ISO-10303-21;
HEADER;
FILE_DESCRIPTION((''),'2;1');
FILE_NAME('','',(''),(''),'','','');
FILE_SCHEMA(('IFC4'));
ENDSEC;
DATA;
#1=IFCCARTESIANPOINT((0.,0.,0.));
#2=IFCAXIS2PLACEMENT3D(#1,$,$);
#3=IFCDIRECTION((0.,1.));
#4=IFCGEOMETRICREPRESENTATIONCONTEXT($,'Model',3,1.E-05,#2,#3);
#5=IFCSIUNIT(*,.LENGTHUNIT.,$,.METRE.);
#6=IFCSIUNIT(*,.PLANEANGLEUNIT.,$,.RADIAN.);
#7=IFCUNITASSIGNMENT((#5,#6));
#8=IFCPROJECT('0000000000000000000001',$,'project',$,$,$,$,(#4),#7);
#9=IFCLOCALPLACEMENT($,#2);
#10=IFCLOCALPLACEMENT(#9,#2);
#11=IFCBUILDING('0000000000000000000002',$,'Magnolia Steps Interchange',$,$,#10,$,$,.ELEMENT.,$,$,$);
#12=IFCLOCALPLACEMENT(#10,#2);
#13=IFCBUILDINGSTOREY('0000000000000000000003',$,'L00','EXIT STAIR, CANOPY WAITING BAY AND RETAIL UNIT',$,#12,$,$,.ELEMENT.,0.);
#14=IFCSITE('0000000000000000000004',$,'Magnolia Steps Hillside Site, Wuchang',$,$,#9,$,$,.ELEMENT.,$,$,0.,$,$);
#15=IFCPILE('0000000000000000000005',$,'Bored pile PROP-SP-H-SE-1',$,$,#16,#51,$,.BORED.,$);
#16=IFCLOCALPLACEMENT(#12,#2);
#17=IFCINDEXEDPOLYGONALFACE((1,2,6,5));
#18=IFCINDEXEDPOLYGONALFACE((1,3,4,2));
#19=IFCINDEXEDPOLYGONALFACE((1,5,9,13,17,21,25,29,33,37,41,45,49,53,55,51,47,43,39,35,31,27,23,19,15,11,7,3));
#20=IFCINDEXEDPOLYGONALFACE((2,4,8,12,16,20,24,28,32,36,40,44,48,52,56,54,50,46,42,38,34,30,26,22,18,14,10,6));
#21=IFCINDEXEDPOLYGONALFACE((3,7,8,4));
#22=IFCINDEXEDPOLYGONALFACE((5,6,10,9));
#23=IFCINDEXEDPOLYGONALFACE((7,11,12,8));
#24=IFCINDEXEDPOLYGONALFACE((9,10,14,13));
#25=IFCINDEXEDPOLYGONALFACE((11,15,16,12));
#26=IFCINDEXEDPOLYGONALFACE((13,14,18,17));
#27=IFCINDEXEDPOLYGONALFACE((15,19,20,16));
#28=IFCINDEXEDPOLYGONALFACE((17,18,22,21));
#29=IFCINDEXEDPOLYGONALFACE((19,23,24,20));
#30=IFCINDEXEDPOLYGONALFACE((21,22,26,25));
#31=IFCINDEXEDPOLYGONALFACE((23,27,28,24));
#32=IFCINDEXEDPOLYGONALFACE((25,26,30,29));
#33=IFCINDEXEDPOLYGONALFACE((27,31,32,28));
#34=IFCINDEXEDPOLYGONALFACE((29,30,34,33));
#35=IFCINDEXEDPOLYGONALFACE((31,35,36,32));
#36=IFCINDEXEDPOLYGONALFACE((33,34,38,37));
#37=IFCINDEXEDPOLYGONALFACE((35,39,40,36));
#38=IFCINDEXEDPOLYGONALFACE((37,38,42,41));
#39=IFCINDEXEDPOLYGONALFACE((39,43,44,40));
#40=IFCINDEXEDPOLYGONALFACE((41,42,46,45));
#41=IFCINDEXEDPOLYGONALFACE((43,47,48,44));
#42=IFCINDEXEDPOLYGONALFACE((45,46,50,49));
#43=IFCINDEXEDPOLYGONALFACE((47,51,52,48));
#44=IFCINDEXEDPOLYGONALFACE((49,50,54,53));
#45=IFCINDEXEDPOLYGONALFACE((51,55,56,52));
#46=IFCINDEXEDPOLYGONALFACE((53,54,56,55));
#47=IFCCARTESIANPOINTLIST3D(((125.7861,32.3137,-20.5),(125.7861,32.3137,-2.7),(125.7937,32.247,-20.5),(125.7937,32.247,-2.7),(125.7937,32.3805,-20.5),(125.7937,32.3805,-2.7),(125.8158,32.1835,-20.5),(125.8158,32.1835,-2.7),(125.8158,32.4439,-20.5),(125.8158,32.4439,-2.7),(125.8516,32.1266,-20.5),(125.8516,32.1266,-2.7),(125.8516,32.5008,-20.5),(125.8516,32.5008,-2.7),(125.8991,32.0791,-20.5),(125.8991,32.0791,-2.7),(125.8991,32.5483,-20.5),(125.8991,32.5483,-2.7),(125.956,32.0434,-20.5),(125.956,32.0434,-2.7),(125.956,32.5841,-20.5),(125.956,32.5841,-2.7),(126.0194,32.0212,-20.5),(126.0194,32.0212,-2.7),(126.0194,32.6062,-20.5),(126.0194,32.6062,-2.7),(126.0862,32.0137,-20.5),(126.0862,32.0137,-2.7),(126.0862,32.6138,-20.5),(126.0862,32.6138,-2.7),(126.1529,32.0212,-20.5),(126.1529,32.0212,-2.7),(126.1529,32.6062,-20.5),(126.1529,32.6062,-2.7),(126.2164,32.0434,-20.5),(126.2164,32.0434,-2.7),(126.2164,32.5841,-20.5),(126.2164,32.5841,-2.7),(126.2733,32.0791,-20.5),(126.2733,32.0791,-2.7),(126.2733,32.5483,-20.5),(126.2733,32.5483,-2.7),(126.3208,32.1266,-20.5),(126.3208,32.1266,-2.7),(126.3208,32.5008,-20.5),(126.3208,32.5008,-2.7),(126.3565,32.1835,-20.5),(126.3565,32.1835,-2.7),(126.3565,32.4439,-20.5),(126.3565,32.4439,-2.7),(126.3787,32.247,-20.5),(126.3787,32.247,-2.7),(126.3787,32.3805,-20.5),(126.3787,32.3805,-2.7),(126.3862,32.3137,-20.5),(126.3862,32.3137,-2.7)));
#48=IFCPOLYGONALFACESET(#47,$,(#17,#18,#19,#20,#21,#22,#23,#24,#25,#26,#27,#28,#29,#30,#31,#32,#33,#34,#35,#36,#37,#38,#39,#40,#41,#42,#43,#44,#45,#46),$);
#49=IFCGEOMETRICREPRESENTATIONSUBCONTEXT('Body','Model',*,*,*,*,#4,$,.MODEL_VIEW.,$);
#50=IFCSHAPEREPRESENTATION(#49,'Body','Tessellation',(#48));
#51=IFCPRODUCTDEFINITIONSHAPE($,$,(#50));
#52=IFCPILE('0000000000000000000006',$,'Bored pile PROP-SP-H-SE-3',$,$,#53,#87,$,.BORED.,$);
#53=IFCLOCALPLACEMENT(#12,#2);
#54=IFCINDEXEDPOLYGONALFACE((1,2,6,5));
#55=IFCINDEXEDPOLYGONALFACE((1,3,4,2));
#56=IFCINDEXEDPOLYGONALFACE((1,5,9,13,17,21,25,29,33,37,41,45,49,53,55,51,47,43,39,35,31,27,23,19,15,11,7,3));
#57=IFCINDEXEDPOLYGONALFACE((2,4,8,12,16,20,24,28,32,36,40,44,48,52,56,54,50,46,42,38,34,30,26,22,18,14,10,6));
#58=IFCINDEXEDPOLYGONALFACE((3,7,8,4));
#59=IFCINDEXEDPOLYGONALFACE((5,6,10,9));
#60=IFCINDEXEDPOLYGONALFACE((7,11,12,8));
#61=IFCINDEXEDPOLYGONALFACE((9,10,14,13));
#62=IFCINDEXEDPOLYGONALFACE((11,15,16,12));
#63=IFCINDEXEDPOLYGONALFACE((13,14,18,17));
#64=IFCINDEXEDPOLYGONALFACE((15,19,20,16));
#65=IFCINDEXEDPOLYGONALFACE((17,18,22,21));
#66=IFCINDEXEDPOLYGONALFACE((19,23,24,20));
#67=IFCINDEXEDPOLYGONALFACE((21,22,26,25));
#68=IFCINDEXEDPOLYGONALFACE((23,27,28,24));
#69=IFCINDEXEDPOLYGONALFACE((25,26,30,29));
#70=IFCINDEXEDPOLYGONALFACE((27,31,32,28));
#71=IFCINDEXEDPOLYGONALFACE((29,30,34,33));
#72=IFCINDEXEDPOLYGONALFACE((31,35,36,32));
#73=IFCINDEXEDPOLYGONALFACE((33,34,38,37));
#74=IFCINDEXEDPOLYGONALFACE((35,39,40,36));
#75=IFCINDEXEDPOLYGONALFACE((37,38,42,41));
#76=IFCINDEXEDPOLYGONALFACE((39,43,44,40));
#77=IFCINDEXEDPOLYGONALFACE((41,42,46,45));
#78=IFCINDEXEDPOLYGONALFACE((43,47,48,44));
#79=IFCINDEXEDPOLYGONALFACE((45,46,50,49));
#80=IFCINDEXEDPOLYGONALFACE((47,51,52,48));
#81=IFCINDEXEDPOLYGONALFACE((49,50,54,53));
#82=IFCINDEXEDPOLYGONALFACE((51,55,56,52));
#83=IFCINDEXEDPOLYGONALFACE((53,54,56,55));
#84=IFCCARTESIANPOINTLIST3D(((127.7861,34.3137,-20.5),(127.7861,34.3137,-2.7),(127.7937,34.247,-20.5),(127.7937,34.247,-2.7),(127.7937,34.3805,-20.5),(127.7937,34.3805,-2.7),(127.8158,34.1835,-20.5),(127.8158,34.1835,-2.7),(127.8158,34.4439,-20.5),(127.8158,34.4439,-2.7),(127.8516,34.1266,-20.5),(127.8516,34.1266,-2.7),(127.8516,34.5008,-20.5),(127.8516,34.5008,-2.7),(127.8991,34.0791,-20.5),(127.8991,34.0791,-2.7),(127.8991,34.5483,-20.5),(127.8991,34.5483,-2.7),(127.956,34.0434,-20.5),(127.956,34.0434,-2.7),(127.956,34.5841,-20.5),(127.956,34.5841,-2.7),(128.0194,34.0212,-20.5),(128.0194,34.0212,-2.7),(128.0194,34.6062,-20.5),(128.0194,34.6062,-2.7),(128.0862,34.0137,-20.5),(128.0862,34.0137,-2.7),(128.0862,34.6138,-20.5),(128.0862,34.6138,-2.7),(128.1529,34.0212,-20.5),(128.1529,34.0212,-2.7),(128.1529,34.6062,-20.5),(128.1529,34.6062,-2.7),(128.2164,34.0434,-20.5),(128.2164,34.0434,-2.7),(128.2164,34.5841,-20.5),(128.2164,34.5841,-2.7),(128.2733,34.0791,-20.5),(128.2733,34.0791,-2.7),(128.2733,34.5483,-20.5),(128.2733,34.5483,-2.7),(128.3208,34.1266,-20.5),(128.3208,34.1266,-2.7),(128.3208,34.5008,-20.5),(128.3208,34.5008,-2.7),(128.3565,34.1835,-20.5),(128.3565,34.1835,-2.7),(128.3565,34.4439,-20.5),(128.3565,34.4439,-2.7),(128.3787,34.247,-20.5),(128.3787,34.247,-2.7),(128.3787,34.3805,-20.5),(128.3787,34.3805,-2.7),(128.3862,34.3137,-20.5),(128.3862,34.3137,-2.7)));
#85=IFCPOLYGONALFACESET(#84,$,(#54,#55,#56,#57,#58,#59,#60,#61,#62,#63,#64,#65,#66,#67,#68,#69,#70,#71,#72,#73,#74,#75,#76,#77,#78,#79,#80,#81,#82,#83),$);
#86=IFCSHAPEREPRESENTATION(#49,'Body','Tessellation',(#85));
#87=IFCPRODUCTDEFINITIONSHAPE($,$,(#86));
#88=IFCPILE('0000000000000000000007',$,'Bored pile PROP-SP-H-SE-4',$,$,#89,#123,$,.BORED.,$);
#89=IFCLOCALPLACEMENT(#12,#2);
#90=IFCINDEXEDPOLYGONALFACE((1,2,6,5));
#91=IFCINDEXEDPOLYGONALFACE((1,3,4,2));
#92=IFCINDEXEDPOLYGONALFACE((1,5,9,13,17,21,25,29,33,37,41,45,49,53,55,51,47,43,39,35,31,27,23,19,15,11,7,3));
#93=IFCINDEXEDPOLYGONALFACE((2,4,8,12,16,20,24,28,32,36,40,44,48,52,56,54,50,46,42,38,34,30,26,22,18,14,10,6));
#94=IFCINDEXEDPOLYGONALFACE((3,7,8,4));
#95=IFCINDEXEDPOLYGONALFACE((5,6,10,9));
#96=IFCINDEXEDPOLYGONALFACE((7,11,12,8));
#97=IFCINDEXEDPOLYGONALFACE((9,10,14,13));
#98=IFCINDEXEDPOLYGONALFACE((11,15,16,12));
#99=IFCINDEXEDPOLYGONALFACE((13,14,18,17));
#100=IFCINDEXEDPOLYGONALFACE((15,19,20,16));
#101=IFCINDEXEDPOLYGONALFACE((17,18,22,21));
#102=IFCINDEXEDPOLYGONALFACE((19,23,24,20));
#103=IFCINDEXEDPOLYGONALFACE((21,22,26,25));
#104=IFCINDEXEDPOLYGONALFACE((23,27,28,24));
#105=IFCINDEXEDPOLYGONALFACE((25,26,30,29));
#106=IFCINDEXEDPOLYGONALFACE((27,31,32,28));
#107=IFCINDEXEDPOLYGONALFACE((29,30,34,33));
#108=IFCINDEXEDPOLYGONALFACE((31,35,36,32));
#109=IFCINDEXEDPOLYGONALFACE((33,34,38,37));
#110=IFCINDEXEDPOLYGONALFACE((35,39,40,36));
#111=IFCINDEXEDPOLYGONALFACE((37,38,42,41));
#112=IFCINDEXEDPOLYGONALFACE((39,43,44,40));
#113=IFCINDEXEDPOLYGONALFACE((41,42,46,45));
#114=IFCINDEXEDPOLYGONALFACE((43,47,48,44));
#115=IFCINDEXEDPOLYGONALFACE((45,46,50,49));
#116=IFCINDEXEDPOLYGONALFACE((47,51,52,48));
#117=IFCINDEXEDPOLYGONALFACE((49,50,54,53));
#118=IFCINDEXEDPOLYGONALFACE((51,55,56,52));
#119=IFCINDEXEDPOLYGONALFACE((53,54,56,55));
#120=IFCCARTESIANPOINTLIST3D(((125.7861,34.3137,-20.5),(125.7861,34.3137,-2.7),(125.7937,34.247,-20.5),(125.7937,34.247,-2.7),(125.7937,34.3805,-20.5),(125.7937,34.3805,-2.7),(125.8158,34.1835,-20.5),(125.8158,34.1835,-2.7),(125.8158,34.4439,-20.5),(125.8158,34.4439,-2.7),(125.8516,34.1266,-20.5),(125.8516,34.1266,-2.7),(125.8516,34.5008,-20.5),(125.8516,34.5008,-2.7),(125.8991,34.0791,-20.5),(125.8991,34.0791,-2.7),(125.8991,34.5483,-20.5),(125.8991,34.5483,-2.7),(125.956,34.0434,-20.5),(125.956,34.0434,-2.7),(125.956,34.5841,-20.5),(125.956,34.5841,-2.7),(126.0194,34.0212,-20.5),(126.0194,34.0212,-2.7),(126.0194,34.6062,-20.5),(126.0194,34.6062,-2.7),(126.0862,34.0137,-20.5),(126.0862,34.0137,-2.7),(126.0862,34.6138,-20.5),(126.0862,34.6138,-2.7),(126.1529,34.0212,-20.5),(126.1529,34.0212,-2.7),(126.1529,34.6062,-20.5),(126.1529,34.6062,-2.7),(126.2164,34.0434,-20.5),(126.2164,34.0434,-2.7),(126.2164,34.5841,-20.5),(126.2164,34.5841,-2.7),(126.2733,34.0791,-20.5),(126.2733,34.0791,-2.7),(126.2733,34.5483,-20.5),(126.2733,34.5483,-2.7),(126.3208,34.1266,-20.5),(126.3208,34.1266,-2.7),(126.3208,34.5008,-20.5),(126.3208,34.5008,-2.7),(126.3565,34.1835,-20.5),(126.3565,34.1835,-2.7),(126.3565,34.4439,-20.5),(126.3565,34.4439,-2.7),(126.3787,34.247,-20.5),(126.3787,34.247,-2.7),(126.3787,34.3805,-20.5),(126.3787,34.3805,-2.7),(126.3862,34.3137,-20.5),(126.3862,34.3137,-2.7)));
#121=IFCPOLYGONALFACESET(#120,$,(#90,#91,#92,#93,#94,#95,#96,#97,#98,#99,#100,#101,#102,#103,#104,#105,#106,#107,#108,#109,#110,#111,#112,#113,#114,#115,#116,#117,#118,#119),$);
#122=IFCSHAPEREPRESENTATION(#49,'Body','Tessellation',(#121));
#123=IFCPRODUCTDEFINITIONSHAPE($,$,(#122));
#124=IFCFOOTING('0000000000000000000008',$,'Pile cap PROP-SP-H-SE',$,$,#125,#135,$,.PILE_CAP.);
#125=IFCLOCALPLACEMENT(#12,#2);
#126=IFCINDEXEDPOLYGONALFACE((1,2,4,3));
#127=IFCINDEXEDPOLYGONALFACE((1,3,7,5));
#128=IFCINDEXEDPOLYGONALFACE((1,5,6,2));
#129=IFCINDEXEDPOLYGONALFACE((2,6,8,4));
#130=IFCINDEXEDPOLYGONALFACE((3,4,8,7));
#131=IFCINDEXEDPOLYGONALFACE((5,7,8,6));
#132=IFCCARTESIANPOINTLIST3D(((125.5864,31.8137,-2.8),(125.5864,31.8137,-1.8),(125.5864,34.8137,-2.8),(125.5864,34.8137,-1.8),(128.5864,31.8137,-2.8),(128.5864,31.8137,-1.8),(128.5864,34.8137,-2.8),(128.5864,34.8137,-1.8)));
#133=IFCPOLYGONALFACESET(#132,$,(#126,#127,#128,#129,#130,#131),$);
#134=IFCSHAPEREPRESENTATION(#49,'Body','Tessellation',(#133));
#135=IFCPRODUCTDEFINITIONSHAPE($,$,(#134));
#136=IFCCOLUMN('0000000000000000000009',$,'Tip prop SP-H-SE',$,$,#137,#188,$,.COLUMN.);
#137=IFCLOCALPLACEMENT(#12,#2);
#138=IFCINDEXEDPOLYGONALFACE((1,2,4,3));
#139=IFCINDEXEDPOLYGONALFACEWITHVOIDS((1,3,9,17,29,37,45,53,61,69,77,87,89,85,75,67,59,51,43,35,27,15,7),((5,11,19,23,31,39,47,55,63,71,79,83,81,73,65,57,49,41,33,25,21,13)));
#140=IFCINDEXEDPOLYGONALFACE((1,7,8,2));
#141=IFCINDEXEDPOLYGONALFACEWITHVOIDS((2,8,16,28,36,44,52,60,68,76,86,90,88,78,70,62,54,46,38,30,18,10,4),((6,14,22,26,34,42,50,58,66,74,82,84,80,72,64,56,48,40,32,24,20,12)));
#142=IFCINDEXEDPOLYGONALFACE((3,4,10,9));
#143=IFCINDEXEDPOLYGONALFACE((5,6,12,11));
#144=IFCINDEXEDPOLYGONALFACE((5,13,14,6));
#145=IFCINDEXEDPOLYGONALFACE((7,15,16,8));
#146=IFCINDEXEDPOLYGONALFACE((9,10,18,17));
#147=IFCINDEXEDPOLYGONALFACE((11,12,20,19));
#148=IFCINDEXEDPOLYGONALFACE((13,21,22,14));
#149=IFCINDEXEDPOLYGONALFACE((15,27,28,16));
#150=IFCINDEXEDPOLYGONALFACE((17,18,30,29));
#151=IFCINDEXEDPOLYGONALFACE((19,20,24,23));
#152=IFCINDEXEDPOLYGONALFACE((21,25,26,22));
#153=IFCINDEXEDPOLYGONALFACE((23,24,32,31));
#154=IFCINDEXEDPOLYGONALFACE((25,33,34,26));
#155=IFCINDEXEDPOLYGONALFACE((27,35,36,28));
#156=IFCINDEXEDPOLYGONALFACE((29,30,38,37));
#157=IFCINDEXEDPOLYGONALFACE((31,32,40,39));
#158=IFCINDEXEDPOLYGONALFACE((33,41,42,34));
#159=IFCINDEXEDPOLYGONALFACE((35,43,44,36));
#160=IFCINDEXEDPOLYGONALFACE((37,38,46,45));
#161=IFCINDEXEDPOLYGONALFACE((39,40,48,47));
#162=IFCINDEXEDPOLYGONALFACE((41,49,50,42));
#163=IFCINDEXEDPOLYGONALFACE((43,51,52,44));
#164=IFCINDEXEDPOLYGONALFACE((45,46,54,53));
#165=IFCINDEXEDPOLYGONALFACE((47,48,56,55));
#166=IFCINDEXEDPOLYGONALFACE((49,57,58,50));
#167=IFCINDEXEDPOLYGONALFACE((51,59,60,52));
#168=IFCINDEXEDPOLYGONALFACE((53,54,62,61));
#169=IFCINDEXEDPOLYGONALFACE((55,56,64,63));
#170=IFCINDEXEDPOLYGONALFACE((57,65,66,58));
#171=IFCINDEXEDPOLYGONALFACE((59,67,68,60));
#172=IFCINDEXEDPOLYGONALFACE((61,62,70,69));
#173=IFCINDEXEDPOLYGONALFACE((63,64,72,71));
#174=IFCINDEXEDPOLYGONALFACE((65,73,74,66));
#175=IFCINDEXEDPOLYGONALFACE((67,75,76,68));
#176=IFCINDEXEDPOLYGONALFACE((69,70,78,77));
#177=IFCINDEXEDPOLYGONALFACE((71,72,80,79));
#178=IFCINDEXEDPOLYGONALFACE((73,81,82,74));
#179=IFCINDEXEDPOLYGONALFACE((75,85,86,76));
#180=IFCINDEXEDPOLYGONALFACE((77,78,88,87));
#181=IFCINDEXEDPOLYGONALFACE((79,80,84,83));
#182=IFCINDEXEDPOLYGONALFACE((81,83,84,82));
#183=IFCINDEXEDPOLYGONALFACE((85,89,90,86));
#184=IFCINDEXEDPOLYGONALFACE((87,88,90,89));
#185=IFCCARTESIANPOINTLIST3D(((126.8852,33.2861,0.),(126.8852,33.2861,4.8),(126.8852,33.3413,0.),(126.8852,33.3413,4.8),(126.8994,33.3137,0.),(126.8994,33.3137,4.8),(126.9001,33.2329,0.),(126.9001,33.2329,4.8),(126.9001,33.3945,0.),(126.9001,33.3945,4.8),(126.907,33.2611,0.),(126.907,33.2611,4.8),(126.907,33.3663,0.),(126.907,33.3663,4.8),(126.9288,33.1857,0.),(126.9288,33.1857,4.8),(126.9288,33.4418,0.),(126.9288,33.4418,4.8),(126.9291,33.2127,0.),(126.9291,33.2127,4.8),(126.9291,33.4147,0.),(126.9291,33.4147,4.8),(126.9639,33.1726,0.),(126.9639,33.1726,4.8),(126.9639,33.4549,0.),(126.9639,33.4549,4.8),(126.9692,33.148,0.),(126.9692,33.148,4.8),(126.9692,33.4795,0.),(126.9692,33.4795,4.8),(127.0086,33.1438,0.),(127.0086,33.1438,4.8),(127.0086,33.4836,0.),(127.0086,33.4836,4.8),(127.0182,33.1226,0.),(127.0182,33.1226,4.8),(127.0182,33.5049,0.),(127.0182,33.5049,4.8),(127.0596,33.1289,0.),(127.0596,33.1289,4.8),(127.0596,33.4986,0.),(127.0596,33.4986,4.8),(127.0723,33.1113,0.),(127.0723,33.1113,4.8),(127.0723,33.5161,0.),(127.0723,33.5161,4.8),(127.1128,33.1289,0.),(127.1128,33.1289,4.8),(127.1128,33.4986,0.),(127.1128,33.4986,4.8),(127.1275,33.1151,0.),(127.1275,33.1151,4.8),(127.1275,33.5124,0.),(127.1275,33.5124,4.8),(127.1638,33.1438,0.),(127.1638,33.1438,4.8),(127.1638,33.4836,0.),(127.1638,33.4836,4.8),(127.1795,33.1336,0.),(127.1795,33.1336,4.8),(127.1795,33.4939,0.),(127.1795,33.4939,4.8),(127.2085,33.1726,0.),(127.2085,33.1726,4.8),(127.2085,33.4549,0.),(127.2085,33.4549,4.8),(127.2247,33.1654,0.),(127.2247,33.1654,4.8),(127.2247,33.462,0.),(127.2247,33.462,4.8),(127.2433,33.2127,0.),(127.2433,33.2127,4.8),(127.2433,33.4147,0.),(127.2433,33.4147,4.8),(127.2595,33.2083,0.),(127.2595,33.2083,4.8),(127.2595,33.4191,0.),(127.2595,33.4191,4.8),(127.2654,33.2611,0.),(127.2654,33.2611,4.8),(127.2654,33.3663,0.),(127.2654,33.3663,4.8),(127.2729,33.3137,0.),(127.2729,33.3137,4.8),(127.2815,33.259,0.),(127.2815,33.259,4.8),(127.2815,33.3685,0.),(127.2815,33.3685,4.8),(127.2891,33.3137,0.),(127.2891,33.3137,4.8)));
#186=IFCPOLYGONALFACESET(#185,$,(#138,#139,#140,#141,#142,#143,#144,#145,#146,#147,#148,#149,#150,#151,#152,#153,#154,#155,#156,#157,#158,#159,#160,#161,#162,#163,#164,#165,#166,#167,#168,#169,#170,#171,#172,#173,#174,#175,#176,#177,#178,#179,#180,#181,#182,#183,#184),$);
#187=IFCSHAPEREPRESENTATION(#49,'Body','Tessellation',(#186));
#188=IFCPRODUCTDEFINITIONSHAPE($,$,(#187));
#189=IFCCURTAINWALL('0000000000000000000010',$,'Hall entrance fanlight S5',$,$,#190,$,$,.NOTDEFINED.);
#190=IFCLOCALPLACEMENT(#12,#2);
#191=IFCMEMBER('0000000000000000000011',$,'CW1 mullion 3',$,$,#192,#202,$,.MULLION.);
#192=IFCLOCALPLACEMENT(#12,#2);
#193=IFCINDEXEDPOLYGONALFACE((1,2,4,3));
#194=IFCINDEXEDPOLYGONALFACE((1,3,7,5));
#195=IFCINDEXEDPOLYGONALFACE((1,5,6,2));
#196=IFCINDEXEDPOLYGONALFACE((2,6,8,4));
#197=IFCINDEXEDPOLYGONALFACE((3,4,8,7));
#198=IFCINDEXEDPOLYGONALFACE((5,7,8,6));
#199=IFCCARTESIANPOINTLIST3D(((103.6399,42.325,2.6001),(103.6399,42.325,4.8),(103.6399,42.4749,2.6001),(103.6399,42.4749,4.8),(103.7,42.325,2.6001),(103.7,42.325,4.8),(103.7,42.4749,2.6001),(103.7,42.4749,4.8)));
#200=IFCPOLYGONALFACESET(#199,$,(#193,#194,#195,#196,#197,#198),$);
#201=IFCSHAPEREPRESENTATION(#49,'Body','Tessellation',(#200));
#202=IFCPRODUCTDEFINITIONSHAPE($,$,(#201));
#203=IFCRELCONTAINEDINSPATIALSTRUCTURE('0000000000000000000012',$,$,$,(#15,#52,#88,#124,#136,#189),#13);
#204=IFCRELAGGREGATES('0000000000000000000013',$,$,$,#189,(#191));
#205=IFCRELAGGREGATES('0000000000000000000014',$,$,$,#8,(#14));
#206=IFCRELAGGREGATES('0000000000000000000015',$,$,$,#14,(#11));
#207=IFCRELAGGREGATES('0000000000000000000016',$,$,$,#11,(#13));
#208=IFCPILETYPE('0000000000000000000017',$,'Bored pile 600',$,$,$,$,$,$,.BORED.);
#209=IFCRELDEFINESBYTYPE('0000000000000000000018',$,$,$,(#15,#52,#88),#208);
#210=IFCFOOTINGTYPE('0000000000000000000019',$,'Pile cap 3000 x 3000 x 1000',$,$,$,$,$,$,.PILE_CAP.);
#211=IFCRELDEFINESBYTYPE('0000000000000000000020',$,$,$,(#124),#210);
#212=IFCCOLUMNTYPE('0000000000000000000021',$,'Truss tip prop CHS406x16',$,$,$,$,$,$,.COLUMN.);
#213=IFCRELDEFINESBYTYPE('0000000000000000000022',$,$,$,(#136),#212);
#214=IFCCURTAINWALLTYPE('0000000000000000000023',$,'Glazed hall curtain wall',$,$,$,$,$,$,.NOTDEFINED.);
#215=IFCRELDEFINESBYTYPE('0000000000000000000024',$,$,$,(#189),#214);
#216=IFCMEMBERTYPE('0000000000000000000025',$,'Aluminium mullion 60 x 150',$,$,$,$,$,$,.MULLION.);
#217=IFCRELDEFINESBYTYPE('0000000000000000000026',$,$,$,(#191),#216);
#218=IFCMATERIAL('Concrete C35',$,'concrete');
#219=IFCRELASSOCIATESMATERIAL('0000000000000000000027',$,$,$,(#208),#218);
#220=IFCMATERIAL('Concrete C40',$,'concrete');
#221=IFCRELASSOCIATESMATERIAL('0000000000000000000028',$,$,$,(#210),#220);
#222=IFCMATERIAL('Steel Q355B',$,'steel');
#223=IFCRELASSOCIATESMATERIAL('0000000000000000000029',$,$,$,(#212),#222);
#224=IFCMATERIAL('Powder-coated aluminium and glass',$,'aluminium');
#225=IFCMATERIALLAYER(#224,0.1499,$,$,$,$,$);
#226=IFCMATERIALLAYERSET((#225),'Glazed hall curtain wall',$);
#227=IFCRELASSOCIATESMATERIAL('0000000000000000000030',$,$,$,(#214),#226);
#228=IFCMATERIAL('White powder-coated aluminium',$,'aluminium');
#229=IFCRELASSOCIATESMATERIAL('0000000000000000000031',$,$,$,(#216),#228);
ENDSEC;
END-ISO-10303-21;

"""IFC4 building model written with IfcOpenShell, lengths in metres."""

from ifc_helpers import new_model, si_unit, direction, frame, origin, origin_2d, place, context, subcontext, project, spatial, rectangle, circle, hollow_circle, extrude, material, layer, layer_set, material_profile, profile_set, type_object, element, aggregate, save


model = new_model("IFC4")

# Units and contexts
model_context = context("Model", 3, precision=1e-05, world=origin(), true_north=direction((0.0, 1.0)))
body_context = subcontext(model_context, "Body", "Model", "MODEL_VIEW")
ifc_project = project(units=[si_unit("LENGTHUNIT", "METRE"), si_unit("PLANEANGLEUNIT", "RADIAN")], contexts=[model_context])

# Site, building, storey
site_placement = place(None, origin())
site = spatial("IfcSite", under=ifc_project, at=site_placement, Name="Magnolia Steps Hillside Site, Wuchang", CompositionType="ELEMENT", RefElevation=0.0)
building_placement = place(site_placement, origin())
building = spatial("IfcBuilding", under=site, at=building_placement, Name="Magnolia Steps Interchange", CompositionType="ELEMENT")
storey_placement = place(building_placement, origin())
storey = spatial("IfcBuildingStorey", under=building, at=storey_placement, Name="L00", Description="EXIT STAIR, CANOPY WAITING BAY AND RETAIL UNIT", CompositionType="ELEMENT", Elevation=0.0)

# Piles
ifc_material_1 = material(Name="Concrete C35", Category="concrete")
ifc_material_profile_1 = material_profile(ifc_material_1, circle(Radius=0.3, at=origin_2d()), Name="Bored pile 600")
ifc_profile_set_1 = profile_set([ifc_material_profile_1], Name="Concrete C35")
pile_type = type_object("IfcPileType", Name="Bored pile 600", PredefinedType="BORED", material=ifc_profile_set_1)
for number, where, z_axis, x_axis, name in (
    (1, (126.0862, 32.3137, -2.7), (0.0, 0.0, -1.0), (1.0, 0.0, 0.0), "Bored pile PROP-SP-H-SE-1"),
    (2, (128.0862, 34.3137, -2.7), (0.0, 0.0, -1.0), (1.0, 0.0, 0.0), "Bored pile PROP-SP-H-SE-3"),
    (3, (126.0862, 34.3137, -2.7), (0.0, 0.0, -1.0), (1.0, 0.0, 0.0), "Bored pile PROP-SP-H-SE-4"),
):
    element("IfcPile", number, at=place(storey_placement, frame(where, z_axis=z_axis, x_axis=x_axis)), inside=storey, type_object=pile_type, Name=name, PredefinedType="BORED", context=body_context, shape_type="SweptSolid", body=[
        extrude(circle(Radius=0.3, at=origin_2d()), origin(), (0.0, 0.0, 1.0), 17.8),
    ])

# Footing
ifc_material_2 = material(Name="Concrete C40", Category="concrete")
footing_type = type_object("IfcFootingType", Name="Pile cap 3000 x 3000 x 1000", PredefinedType="PILE_CAP", material=ifc_material_2)
footing_placement = place(storey_placement, frame((127.0864, 33.3137, -2.8), z_axis=(0.0, 0.0, 1.0), x_axis=(1.0, 0.0, 0.0)))
element("IfcFooting", 4, at=footing_placement, inside=storey, type_object=footing_type, Name="Pile cap PROP-SP-H-SE", PredefinedType="PILE_CAP", context=body_context, shape_type="SweptSolid", body=[
    extrude(rectangle(XDim=3.0, YDim=3.0, at=origin_2d()), origin(), (0.0, 0.0, 1.0), 1.0),
])

# Column
ifc_material_3 = material(Name="Steel Q355B", Category="steel")
ifc_material_profile_2 = material_profile(ifc_material_3, hollow_circle(Radius=0.2029, WallThickness=0.0161, at=origin_2d()), Name="CHS406x16")
ifc_profile_set_2 = profile_set([ifc_material_profile_2], Name="Steel Q355B")
column_type = type_object("IfcColumnType", Name="Truss tip prop CHS406x16", PredefinedType="COLUMN", material=ifc_profile_set_2)
column_placement = place(storey_placement, frame((127.0862, 33.3137, 0.0), z_axis=(0.0, 0.0, 1.0), x_axis=(1.0, 0.0, 0.0)))
element("IfcColumn", 5, at=column_placement, inside=storey, type_object=column_type, Name="Tip prop SP-H-SE", PredefinedType="COLUMN", context=body_context, shape_type="SweptSolid", body=[
    extrude(hollow_circle(Radius=0.2029, WallThickness=0.0161, at=origin_2d()), origin(), (0.0, 0.0, 1.0), 4.8),
])

# Curtain wall, member
ifc_material_4 = material(Name="Powder-coated aluminium and glass", Category="aluminium")
ifc_layer_1 = layer(ifc_material_4, 0.1499)
ifc_layer_set_1 = layer_set([ifc_layer_1], Name="Glazed hall curtain wall")
curtain_wall_type = type_object("IfcCurtainWallType", Name="Glazed hall curtain wall", PredefinedType="NOTDEFINED", material=ifc_layer_set_1)
curtain_wall_1_placement = place(storey_placement, origin())
curtain_wall_1 = element("IfcCurtainWall", 6, at=curtain_wall_1_placement, inside=storey, type_object=curtain_wall_type, Name="Hall entrance fanlight S5", PredefinedType="NOTDEFINED")
ifc_material_5 = material(Name="White powder-coated aluminium", Category="aluminium")
ifc_material_profile_3 = material_profile(ifc_material_5, rectangle(XDim=0.0601, YDim=0.1499, at=origin_2d()), Name="Aluminium mullion 60 x 150")
ifc_profile_set_3 = profile_set([ifc_material_profile_3], Name="White powder-coated aluminium")
member_type_1 = type_object("IfcMemberType", Name="Aluminium mullion 60 x 150", PredefinedType="MULLION", material=ifc_profile_set_3)
member_1_placement = place(storey_placement, frame((103.6699, 42.3999, 2.6001), z_axis=(0.0, 0.0, 1.0), x_axis=(1.0, 0.0, 0.0)))
member_1 = element("IfcMember", 7, at=member_1_placement, type_object=member_type_1, Name="CW1 mullion 3", PredefinedType="MULLION", context=body_context, shape_type="SweptSolid", body=[
    extrude(rectangle(XDim=0.0601, YDim=0.1499, at=origin_2d()), origin(), (0.0, 0.0, 1.0), 2.2),
])

aggregate(curtain_wall_1, [member_1])

save(model, "model.ifc")
